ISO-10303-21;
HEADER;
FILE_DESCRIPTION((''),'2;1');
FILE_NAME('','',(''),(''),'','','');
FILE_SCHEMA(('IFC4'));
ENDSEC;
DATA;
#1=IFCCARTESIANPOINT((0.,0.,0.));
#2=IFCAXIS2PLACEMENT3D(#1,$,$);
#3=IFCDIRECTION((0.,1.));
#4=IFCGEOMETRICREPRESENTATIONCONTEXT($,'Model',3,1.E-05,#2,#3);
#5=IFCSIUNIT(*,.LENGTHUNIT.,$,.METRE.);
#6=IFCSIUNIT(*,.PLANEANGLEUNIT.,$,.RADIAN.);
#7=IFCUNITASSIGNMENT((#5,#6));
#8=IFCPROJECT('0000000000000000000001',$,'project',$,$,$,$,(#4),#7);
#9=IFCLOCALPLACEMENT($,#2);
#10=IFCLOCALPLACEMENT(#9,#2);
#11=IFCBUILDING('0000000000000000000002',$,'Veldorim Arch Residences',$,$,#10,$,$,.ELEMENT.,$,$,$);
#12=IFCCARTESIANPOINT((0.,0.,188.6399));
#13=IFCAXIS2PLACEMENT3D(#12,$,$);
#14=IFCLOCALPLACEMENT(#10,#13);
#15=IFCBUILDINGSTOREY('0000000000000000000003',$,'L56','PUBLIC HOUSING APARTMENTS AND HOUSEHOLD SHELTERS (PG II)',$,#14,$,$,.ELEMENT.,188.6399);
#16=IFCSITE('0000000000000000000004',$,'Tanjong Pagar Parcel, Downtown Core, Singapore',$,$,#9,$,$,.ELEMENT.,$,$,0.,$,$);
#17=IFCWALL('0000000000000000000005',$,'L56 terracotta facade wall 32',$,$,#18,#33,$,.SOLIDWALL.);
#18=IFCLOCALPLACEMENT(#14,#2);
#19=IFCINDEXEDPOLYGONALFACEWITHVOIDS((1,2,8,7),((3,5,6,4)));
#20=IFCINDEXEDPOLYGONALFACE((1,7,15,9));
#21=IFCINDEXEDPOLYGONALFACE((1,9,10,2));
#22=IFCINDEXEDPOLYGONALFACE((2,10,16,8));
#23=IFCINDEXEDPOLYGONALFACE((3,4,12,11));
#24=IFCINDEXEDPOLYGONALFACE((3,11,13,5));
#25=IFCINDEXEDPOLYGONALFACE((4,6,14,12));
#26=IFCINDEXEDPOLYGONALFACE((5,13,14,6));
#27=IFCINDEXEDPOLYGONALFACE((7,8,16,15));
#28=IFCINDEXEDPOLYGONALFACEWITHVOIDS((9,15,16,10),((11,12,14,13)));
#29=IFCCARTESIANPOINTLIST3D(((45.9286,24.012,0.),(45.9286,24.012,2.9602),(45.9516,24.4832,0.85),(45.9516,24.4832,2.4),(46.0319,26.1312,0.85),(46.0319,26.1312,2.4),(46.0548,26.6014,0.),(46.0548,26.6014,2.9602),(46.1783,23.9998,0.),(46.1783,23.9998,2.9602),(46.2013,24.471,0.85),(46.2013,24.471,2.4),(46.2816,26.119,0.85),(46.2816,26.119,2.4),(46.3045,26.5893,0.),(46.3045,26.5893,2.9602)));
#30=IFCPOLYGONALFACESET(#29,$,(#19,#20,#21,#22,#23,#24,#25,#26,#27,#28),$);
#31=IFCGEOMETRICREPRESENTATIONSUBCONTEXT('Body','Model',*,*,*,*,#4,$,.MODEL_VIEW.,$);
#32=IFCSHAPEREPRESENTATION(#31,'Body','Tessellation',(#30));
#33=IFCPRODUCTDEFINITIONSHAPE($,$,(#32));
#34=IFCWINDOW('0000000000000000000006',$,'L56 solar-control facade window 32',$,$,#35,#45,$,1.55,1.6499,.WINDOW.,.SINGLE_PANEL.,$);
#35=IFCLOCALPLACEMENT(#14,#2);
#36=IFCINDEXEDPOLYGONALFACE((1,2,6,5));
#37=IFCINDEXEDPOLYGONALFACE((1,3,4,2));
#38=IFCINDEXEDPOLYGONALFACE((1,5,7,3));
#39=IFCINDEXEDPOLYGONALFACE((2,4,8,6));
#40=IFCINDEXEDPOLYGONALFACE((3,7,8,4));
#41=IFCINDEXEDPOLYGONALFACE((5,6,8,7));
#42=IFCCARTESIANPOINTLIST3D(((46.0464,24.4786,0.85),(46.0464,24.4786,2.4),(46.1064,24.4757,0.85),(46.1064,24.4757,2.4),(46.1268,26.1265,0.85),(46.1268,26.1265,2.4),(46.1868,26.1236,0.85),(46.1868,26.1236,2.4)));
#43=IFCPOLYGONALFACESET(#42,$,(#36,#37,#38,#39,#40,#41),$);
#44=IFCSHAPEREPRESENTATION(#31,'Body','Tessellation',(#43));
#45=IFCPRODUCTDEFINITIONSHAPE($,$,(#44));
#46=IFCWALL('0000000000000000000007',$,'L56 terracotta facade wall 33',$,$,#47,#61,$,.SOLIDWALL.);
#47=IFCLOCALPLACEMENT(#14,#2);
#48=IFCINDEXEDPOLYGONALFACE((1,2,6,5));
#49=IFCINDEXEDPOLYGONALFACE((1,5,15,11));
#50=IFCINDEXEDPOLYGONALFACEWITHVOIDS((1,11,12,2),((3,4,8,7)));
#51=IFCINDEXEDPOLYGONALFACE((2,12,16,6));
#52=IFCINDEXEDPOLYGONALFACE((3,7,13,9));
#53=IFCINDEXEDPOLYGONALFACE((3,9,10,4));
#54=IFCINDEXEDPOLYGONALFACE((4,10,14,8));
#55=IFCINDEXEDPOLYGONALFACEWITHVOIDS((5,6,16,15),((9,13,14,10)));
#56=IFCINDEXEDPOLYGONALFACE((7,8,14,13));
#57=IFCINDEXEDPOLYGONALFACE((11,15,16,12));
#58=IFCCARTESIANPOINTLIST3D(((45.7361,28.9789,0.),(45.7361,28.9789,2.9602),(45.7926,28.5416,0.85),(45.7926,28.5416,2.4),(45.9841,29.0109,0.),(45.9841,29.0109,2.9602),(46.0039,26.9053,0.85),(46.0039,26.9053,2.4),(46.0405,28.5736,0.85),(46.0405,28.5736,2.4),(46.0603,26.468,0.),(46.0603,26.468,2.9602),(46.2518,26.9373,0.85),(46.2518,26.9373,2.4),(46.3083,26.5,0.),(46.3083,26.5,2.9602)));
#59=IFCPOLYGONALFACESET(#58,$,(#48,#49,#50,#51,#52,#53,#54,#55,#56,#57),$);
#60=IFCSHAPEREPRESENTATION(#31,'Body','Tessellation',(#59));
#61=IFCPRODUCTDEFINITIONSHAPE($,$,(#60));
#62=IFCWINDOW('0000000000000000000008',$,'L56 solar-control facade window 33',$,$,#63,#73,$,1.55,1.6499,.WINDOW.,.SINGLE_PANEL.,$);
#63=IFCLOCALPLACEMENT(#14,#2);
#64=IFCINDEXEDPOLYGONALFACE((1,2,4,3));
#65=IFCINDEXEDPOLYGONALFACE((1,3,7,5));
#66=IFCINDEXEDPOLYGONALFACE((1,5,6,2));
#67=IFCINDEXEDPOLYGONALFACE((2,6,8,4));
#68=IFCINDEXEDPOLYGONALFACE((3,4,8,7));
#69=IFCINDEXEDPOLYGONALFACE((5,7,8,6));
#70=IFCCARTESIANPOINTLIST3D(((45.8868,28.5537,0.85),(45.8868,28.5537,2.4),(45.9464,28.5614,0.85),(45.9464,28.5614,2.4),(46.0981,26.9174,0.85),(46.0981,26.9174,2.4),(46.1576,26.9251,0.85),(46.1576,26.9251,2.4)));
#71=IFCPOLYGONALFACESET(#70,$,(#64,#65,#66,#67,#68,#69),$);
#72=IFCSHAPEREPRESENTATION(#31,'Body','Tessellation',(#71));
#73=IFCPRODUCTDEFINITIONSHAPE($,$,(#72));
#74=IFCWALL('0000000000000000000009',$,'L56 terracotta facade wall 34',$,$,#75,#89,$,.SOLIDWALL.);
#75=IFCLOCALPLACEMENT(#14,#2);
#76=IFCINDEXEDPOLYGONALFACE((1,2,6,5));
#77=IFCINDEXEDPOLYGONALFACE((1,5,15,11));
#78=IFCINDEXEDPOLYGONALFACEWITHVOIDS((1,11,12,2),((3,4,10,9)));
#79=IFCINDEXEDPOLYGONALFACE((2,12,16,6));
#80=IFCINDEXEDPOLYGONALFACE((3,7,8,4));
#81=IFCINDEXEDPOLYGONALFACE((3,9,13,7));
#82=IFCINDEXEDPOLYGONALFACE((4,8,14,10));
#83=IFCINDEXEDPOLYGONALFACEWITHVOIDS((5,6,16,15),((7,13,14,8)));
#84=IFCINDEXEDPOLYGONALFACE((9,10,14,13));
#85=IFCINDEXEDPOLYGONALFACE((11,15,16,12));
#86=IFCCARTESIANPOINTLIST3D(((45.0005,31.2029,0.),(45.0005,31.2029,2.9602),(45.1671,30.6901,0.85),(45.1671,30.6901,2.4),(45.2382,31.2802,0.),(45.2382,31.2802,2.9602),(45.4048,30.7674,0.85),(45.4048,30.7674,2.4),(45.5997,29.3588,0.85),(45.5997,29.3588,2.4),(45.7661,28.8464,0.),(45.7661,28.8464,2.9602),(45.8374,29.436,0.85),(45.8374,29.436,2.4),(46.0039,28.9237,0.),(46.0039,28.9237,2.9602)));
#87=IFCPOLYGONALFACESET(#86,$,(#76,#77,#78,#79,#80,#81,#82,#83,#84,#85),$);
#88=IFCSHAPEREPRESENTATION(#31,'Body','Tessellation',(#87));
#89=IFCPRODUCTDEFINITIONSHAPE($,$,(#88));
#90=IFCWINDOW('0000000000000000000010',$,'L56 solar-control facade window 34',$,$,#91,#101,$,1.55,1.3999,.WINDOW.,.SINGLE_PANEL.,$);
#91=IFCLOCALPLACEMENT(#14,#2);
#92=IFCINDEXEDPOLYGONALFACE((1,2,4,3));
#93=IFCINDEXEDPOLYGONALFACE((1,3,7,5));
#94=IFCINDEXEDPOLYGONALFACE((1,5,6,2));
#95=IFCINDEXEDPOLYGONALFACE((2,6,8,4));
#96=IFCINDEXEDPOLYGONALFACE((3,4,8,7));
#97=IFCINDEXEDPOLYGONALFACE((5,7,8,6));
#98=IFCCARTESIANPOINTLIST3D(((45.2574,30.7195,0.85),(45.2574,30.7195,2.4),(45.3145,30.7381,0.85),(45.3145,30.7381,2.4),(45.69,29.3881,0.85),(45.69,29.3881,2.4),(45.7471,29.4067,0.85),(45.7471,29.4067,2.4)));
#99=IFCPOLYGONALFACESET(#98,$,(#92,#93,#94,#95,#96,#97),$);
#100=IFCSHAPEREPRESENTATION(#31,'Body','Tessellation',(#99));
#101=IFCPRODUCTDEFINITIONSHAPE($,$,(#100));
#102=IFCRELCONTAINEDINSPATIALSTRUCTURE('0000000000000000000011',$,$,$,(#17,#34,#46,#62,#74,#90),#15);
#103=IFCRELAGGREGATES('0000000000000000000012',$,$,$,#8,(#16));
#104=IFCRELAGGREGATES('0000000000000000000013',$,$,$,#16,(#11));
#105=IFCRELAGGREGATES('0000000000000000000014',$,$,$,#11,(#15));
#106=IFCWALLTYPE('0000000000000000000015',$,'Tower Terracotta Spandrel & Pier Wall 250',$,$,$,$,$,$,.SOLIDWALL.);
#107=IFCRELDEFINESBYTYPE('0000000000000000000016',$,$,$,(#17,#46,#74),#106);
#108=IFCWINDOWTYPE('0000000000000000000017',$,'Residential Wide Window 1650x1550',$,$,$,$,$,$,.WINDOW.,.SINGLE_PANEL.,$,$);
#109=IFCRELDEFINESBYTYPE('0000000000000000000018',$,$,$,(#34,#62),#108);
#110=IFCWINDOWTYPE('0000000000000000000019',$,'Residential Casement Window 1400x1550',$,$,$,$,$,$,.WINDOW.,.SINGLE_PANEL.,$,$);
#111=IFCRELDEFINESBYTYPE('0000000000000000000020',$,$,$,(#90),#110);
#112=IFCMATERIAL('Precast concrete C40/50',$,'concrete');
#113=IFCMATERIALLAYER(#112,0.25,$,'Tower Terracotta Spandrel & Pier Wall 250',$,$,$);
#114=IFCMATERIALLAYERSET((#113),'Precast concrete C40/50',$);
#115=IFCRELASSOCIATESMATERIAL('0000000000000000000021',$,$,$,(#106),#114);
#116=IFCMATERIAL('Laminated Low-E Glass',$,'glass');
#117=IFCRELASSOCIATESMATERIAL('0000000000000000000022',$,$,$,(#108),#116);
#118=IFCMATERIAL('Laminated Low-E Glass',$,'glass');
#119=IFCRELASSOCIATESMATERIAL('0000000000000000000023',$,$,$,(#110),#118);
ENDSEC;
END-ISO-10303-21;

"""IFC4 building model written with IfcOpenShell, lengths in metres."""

from ifc_helpers import new_model, si_unit, direction, frame, frame_2d, origin, place, context, subcontext, project, spatial, rectangle, extrude, material, layer, layer_set, type_object, element, fill, save


model = new_model("IFC4")

# Units and contexts
model_context = context("Model", 3, precision=1e-05, world=origin(), true_north=direction((0.0, 1.0)))
body_context = subcontext(model_context, "Body", "Model", "MODEL_VIEW")
ifc_project = project(units=[si_unit("LENGTHUNIT", "METRE"), si_unit("PLANEANGLEUNIT", "RADIAN")], contexts=[model_context])

# Site, building, storey
site_placement = place(None, origin())
site = spatial("IfcSite", under=ifc_project, at=site_placement, Name="Tanjong Pagar Parcel, Downtown Core, Singapore", CompositionType="ELEMENT", RefElevation=0.0)
building_placement = place(site_placement, origin())
building = spatial("IfcBuilding", under=site, at=building_placement, Name="Veldorim Arch Residences", CompositionType="ELEMENT")
storey_placement = place(building_placement, frame((0.0, 0.0, 188.6399)))
storey = spatial("IfcBuildingStorey", under=building, at=storey_placement, Name="L56", Description="PUBLIC HOUSING APARTMENTS AND HOUSEHOLD SHELTERS (PG II)", CompositionType="ELEMENT", Elevation=188.6399)

# Walls, openings, windows
ifc_material_1 = material(Name="Precast concrete C40/50", Category="concrete")
ifc_layer_1 = layer(ifc_material_1, 0.25, Name="Tower Terracotta Spandrel & Pier Wall 250")
ifc_layer_set_1 = layer_set([ifc_layer_1], Name="Precast concrete C40/50")
wall_type_1 = type_object("IfcWallType", Name="Tower Terracotta Spandrel & Pier Wall 250", PredefinedType="SOLIDWALL", material=ifc_layer_set_1)
wall_1_placement = place(storey_placement, frame((46.1797, 26.5955, 0.0), z_axis=(0.0, 0.0, 1.0), x_axis=(-0.048688, -0.998814, 0.0)))
wall_1 = element("IfcWall", 1, at=wall_1_placement, inside=storey, type_object=wall_type_1, Name="L56 terracotta facade wall 32", PredefinedType="SOLIDWALL", context=body_context, shape_type="SweptSolid", body=[
    extrude(rectangle(XDim=2.5925, YDim=0.25, at=frame_2d((1.2964, 0.0))), origin(), (0.0, 0.0, 1.0), 2.9602),
])
opening_1_placement = place(wall_1_placement, frame((0.4709, 0.0, 0.8501)))
opening_1 = element("IfcOpeningElement", 2, at=opening_1_placement, cuts=wall_1, PredefinedType="OPENING", context=body_context, shape_type="SweptSolid", body=[
    extrude(rectangle(XDim=1.6499, YDim=1.55, at=frame_2d((0.825, 0.7749))), frame((0.0, 0.135, 0.0), z_axis=(0.0, -1.0, 0.0), x_axis=(1.0, 0.0, 0.0)), (0.0, 0.0, 1.0), 0.27),
])
ifc_material_2 = material(Name="Laminated Low-E Glass", Category="glass")
window_type_1 = type_object("IfcWindowType", Name="Residential Wide Window 1650x1550", PartitioningType="SINGLE_PANEL", PredefinedType="WINDOW", material=ifc_material_2)
window_1_placement = place(opening_1_placement, origin())
window_1 = element("IfcWindow", 3, at=window_1_placement, inside=storey, type_object=window_type_1, Name="L56 solar-control facade window 32", OverallHeight=1.55, OverallWidth=1.6499, PartitioningType="SINGLE_PANEL", PredefinedType="WINDOW", context=body_context, shape_type="SweptSolid", body=[
    extrude(rectangle(XDim=1.6499, YDim=1.55, at=frame_2d((0.825, 0.7749))), frame((0.0, 0.03, 0.0), z_axis=(0.0, -1.0, 0.0), x_axis=(1.0, 0.0, 0.0)), (0.0, 0.0, 1.0), 0.0601),
])
fill(opening_1, window_1)
wall_2_placement = place(storey_placement, frame((45.8601, 28.9949, 0.0), z_axis=(0.0, 0.0, 1.0), x_axis=(0.128057, -0.991767, 0.0)))
wall_2 = element("IfcWall", 4, at=wall_2_placement, inside=storey, type_object=wall_type_1, Name="L56 terracotta facade wall 33", PredefinedType="SOLIDWALL", context=body_context, shape_type="SweptSolid", body=[
    extrude(rectangle(XDim=2.5317, YDim=0.25, at=frame_2d((1.2659, 0.0))), origin(), (0.0, 0.0, 1.0), 2.9602),
])
opening_2_placement = place(wall_2_placement, frame((0.4409, 0.0, 0.8501)))
opening_2 = element("IfcOpeningElement", 5, at=opening_2_placement, cuts=wall_2, PredefinedType="OPENING", context=body_context, shape_type="SweptSolid", body=[
    extrude(rectangle(XDim=1.6499, YDim=1.55, at=frame_2d((0.825, 0.7749))), frame((0.0, 0.135, 0.0), z_axis=(0.0, -1.0, 0.0), x_axis=(1.0, 0.0, 0.0)), (0.0, 0.0, 1.0), 0.27),
])
window_2_placement = place(opening_2_placement, origin())
window_2 = element("IfcWindow", 6, at=window_2_placement, inside=storey, type_object=window_type_1, Name="L56 solar-control facade window 33", OverallHeight=1.55, OverallWidth=1.6499, PartitioningType="SINGLE_PANEL", PredefinedType="WINDOW", context=body_context, shape_type="SweptSolid", body=[
    extrude(rectangle(XDim=1.6499, YDim=1.55, at=frame_2d((0.825, 0.7749))), frame((0.0, 0.03, 0.0), z_axis=(0.0, -1.0, 0.0), x_axis=(1.0, 0.0, 0.0)), (0.0, 0.0, 1.0), 0.0601),
])
fill(opening_2, window_2)
wall_3_placement = place(storey_placement, frame((45.1194, 31.2415, 0.0), z_axis=(0.0, 0.0, 1.0), x_axis=(0.309006, -0.95106, 0.0)))
wall_3 = element("IfcWall", 7, at=wall_3_placement, inside=storey, type_object=wall_type_1, Name="L56 terracotta facade wall 34", PredefinedType="SOLIDWALL", context=body_context, shape_type="SweptSolid", body=[
    extrude(rectangle(XDim=2.4778, YDim=0.25, at=frame_2d((1.2388, 0.0))), origin(), (0.0, 0.0, 1.0), 2.9602),
])
opening_3_placement = place(wall_3_placement, frame((0.5391, 0.0, 0.8501)))
opening_3 = element("IfcOpeningElement", 8, at=opening_3_placement, cuts=wall_3, PredefinedType="OPENING", context=body_context, shape_type="SweptSolid", body=[
    extrude(rectangle(XDim=1.3999, YDim=1.55, at=frame_2d((0.7, 0.7749))), frame((0.0, 0.135, 0.0), z_axis=(0.0, -1.0, 0.0), x_axis=(1.0, 0.0, 0.0)), (0.0, 0.0, 1.0), 0.27),
])
ifc_material_3 = material(Name="Laminated Low-E Glass", Category="glass")
window_type_2 = type_object("IfcWindowType", Name="Residential Casement Window 1400x1550", PartitioningType="SINGLE_PANEL", PredefinedType="WINDOW", material=ifc_material_3)
window_3_placement = place(opening_3_placement, origin())
window_3 = element("IfcWindow", 9, at=window_3_placement, inside=storey, type_object=window_type_2, Name="L56 solar-control facade window 34", OverallHeight=1.55, OverallWidth=1.3999, PartitioningType="SINGLE_PANEL", PredefinedType="WINDOW", context=body_context, shape_type="SweptSolid", body=[
    extrude(rectangle(XDim=1.3999, YDim=1.55, at=frame_2d((0.7, 0.7749))), frame((0.0, 0.03, 0.0), z_axis=(0.0, -1.0, 0.0), x_axis=(1.0, 0.0, 0.0)), (0.0, 0.0, 1.0), 0.0601),
])
fill(opening_3, window_3)

save(model, "model.ifc")
